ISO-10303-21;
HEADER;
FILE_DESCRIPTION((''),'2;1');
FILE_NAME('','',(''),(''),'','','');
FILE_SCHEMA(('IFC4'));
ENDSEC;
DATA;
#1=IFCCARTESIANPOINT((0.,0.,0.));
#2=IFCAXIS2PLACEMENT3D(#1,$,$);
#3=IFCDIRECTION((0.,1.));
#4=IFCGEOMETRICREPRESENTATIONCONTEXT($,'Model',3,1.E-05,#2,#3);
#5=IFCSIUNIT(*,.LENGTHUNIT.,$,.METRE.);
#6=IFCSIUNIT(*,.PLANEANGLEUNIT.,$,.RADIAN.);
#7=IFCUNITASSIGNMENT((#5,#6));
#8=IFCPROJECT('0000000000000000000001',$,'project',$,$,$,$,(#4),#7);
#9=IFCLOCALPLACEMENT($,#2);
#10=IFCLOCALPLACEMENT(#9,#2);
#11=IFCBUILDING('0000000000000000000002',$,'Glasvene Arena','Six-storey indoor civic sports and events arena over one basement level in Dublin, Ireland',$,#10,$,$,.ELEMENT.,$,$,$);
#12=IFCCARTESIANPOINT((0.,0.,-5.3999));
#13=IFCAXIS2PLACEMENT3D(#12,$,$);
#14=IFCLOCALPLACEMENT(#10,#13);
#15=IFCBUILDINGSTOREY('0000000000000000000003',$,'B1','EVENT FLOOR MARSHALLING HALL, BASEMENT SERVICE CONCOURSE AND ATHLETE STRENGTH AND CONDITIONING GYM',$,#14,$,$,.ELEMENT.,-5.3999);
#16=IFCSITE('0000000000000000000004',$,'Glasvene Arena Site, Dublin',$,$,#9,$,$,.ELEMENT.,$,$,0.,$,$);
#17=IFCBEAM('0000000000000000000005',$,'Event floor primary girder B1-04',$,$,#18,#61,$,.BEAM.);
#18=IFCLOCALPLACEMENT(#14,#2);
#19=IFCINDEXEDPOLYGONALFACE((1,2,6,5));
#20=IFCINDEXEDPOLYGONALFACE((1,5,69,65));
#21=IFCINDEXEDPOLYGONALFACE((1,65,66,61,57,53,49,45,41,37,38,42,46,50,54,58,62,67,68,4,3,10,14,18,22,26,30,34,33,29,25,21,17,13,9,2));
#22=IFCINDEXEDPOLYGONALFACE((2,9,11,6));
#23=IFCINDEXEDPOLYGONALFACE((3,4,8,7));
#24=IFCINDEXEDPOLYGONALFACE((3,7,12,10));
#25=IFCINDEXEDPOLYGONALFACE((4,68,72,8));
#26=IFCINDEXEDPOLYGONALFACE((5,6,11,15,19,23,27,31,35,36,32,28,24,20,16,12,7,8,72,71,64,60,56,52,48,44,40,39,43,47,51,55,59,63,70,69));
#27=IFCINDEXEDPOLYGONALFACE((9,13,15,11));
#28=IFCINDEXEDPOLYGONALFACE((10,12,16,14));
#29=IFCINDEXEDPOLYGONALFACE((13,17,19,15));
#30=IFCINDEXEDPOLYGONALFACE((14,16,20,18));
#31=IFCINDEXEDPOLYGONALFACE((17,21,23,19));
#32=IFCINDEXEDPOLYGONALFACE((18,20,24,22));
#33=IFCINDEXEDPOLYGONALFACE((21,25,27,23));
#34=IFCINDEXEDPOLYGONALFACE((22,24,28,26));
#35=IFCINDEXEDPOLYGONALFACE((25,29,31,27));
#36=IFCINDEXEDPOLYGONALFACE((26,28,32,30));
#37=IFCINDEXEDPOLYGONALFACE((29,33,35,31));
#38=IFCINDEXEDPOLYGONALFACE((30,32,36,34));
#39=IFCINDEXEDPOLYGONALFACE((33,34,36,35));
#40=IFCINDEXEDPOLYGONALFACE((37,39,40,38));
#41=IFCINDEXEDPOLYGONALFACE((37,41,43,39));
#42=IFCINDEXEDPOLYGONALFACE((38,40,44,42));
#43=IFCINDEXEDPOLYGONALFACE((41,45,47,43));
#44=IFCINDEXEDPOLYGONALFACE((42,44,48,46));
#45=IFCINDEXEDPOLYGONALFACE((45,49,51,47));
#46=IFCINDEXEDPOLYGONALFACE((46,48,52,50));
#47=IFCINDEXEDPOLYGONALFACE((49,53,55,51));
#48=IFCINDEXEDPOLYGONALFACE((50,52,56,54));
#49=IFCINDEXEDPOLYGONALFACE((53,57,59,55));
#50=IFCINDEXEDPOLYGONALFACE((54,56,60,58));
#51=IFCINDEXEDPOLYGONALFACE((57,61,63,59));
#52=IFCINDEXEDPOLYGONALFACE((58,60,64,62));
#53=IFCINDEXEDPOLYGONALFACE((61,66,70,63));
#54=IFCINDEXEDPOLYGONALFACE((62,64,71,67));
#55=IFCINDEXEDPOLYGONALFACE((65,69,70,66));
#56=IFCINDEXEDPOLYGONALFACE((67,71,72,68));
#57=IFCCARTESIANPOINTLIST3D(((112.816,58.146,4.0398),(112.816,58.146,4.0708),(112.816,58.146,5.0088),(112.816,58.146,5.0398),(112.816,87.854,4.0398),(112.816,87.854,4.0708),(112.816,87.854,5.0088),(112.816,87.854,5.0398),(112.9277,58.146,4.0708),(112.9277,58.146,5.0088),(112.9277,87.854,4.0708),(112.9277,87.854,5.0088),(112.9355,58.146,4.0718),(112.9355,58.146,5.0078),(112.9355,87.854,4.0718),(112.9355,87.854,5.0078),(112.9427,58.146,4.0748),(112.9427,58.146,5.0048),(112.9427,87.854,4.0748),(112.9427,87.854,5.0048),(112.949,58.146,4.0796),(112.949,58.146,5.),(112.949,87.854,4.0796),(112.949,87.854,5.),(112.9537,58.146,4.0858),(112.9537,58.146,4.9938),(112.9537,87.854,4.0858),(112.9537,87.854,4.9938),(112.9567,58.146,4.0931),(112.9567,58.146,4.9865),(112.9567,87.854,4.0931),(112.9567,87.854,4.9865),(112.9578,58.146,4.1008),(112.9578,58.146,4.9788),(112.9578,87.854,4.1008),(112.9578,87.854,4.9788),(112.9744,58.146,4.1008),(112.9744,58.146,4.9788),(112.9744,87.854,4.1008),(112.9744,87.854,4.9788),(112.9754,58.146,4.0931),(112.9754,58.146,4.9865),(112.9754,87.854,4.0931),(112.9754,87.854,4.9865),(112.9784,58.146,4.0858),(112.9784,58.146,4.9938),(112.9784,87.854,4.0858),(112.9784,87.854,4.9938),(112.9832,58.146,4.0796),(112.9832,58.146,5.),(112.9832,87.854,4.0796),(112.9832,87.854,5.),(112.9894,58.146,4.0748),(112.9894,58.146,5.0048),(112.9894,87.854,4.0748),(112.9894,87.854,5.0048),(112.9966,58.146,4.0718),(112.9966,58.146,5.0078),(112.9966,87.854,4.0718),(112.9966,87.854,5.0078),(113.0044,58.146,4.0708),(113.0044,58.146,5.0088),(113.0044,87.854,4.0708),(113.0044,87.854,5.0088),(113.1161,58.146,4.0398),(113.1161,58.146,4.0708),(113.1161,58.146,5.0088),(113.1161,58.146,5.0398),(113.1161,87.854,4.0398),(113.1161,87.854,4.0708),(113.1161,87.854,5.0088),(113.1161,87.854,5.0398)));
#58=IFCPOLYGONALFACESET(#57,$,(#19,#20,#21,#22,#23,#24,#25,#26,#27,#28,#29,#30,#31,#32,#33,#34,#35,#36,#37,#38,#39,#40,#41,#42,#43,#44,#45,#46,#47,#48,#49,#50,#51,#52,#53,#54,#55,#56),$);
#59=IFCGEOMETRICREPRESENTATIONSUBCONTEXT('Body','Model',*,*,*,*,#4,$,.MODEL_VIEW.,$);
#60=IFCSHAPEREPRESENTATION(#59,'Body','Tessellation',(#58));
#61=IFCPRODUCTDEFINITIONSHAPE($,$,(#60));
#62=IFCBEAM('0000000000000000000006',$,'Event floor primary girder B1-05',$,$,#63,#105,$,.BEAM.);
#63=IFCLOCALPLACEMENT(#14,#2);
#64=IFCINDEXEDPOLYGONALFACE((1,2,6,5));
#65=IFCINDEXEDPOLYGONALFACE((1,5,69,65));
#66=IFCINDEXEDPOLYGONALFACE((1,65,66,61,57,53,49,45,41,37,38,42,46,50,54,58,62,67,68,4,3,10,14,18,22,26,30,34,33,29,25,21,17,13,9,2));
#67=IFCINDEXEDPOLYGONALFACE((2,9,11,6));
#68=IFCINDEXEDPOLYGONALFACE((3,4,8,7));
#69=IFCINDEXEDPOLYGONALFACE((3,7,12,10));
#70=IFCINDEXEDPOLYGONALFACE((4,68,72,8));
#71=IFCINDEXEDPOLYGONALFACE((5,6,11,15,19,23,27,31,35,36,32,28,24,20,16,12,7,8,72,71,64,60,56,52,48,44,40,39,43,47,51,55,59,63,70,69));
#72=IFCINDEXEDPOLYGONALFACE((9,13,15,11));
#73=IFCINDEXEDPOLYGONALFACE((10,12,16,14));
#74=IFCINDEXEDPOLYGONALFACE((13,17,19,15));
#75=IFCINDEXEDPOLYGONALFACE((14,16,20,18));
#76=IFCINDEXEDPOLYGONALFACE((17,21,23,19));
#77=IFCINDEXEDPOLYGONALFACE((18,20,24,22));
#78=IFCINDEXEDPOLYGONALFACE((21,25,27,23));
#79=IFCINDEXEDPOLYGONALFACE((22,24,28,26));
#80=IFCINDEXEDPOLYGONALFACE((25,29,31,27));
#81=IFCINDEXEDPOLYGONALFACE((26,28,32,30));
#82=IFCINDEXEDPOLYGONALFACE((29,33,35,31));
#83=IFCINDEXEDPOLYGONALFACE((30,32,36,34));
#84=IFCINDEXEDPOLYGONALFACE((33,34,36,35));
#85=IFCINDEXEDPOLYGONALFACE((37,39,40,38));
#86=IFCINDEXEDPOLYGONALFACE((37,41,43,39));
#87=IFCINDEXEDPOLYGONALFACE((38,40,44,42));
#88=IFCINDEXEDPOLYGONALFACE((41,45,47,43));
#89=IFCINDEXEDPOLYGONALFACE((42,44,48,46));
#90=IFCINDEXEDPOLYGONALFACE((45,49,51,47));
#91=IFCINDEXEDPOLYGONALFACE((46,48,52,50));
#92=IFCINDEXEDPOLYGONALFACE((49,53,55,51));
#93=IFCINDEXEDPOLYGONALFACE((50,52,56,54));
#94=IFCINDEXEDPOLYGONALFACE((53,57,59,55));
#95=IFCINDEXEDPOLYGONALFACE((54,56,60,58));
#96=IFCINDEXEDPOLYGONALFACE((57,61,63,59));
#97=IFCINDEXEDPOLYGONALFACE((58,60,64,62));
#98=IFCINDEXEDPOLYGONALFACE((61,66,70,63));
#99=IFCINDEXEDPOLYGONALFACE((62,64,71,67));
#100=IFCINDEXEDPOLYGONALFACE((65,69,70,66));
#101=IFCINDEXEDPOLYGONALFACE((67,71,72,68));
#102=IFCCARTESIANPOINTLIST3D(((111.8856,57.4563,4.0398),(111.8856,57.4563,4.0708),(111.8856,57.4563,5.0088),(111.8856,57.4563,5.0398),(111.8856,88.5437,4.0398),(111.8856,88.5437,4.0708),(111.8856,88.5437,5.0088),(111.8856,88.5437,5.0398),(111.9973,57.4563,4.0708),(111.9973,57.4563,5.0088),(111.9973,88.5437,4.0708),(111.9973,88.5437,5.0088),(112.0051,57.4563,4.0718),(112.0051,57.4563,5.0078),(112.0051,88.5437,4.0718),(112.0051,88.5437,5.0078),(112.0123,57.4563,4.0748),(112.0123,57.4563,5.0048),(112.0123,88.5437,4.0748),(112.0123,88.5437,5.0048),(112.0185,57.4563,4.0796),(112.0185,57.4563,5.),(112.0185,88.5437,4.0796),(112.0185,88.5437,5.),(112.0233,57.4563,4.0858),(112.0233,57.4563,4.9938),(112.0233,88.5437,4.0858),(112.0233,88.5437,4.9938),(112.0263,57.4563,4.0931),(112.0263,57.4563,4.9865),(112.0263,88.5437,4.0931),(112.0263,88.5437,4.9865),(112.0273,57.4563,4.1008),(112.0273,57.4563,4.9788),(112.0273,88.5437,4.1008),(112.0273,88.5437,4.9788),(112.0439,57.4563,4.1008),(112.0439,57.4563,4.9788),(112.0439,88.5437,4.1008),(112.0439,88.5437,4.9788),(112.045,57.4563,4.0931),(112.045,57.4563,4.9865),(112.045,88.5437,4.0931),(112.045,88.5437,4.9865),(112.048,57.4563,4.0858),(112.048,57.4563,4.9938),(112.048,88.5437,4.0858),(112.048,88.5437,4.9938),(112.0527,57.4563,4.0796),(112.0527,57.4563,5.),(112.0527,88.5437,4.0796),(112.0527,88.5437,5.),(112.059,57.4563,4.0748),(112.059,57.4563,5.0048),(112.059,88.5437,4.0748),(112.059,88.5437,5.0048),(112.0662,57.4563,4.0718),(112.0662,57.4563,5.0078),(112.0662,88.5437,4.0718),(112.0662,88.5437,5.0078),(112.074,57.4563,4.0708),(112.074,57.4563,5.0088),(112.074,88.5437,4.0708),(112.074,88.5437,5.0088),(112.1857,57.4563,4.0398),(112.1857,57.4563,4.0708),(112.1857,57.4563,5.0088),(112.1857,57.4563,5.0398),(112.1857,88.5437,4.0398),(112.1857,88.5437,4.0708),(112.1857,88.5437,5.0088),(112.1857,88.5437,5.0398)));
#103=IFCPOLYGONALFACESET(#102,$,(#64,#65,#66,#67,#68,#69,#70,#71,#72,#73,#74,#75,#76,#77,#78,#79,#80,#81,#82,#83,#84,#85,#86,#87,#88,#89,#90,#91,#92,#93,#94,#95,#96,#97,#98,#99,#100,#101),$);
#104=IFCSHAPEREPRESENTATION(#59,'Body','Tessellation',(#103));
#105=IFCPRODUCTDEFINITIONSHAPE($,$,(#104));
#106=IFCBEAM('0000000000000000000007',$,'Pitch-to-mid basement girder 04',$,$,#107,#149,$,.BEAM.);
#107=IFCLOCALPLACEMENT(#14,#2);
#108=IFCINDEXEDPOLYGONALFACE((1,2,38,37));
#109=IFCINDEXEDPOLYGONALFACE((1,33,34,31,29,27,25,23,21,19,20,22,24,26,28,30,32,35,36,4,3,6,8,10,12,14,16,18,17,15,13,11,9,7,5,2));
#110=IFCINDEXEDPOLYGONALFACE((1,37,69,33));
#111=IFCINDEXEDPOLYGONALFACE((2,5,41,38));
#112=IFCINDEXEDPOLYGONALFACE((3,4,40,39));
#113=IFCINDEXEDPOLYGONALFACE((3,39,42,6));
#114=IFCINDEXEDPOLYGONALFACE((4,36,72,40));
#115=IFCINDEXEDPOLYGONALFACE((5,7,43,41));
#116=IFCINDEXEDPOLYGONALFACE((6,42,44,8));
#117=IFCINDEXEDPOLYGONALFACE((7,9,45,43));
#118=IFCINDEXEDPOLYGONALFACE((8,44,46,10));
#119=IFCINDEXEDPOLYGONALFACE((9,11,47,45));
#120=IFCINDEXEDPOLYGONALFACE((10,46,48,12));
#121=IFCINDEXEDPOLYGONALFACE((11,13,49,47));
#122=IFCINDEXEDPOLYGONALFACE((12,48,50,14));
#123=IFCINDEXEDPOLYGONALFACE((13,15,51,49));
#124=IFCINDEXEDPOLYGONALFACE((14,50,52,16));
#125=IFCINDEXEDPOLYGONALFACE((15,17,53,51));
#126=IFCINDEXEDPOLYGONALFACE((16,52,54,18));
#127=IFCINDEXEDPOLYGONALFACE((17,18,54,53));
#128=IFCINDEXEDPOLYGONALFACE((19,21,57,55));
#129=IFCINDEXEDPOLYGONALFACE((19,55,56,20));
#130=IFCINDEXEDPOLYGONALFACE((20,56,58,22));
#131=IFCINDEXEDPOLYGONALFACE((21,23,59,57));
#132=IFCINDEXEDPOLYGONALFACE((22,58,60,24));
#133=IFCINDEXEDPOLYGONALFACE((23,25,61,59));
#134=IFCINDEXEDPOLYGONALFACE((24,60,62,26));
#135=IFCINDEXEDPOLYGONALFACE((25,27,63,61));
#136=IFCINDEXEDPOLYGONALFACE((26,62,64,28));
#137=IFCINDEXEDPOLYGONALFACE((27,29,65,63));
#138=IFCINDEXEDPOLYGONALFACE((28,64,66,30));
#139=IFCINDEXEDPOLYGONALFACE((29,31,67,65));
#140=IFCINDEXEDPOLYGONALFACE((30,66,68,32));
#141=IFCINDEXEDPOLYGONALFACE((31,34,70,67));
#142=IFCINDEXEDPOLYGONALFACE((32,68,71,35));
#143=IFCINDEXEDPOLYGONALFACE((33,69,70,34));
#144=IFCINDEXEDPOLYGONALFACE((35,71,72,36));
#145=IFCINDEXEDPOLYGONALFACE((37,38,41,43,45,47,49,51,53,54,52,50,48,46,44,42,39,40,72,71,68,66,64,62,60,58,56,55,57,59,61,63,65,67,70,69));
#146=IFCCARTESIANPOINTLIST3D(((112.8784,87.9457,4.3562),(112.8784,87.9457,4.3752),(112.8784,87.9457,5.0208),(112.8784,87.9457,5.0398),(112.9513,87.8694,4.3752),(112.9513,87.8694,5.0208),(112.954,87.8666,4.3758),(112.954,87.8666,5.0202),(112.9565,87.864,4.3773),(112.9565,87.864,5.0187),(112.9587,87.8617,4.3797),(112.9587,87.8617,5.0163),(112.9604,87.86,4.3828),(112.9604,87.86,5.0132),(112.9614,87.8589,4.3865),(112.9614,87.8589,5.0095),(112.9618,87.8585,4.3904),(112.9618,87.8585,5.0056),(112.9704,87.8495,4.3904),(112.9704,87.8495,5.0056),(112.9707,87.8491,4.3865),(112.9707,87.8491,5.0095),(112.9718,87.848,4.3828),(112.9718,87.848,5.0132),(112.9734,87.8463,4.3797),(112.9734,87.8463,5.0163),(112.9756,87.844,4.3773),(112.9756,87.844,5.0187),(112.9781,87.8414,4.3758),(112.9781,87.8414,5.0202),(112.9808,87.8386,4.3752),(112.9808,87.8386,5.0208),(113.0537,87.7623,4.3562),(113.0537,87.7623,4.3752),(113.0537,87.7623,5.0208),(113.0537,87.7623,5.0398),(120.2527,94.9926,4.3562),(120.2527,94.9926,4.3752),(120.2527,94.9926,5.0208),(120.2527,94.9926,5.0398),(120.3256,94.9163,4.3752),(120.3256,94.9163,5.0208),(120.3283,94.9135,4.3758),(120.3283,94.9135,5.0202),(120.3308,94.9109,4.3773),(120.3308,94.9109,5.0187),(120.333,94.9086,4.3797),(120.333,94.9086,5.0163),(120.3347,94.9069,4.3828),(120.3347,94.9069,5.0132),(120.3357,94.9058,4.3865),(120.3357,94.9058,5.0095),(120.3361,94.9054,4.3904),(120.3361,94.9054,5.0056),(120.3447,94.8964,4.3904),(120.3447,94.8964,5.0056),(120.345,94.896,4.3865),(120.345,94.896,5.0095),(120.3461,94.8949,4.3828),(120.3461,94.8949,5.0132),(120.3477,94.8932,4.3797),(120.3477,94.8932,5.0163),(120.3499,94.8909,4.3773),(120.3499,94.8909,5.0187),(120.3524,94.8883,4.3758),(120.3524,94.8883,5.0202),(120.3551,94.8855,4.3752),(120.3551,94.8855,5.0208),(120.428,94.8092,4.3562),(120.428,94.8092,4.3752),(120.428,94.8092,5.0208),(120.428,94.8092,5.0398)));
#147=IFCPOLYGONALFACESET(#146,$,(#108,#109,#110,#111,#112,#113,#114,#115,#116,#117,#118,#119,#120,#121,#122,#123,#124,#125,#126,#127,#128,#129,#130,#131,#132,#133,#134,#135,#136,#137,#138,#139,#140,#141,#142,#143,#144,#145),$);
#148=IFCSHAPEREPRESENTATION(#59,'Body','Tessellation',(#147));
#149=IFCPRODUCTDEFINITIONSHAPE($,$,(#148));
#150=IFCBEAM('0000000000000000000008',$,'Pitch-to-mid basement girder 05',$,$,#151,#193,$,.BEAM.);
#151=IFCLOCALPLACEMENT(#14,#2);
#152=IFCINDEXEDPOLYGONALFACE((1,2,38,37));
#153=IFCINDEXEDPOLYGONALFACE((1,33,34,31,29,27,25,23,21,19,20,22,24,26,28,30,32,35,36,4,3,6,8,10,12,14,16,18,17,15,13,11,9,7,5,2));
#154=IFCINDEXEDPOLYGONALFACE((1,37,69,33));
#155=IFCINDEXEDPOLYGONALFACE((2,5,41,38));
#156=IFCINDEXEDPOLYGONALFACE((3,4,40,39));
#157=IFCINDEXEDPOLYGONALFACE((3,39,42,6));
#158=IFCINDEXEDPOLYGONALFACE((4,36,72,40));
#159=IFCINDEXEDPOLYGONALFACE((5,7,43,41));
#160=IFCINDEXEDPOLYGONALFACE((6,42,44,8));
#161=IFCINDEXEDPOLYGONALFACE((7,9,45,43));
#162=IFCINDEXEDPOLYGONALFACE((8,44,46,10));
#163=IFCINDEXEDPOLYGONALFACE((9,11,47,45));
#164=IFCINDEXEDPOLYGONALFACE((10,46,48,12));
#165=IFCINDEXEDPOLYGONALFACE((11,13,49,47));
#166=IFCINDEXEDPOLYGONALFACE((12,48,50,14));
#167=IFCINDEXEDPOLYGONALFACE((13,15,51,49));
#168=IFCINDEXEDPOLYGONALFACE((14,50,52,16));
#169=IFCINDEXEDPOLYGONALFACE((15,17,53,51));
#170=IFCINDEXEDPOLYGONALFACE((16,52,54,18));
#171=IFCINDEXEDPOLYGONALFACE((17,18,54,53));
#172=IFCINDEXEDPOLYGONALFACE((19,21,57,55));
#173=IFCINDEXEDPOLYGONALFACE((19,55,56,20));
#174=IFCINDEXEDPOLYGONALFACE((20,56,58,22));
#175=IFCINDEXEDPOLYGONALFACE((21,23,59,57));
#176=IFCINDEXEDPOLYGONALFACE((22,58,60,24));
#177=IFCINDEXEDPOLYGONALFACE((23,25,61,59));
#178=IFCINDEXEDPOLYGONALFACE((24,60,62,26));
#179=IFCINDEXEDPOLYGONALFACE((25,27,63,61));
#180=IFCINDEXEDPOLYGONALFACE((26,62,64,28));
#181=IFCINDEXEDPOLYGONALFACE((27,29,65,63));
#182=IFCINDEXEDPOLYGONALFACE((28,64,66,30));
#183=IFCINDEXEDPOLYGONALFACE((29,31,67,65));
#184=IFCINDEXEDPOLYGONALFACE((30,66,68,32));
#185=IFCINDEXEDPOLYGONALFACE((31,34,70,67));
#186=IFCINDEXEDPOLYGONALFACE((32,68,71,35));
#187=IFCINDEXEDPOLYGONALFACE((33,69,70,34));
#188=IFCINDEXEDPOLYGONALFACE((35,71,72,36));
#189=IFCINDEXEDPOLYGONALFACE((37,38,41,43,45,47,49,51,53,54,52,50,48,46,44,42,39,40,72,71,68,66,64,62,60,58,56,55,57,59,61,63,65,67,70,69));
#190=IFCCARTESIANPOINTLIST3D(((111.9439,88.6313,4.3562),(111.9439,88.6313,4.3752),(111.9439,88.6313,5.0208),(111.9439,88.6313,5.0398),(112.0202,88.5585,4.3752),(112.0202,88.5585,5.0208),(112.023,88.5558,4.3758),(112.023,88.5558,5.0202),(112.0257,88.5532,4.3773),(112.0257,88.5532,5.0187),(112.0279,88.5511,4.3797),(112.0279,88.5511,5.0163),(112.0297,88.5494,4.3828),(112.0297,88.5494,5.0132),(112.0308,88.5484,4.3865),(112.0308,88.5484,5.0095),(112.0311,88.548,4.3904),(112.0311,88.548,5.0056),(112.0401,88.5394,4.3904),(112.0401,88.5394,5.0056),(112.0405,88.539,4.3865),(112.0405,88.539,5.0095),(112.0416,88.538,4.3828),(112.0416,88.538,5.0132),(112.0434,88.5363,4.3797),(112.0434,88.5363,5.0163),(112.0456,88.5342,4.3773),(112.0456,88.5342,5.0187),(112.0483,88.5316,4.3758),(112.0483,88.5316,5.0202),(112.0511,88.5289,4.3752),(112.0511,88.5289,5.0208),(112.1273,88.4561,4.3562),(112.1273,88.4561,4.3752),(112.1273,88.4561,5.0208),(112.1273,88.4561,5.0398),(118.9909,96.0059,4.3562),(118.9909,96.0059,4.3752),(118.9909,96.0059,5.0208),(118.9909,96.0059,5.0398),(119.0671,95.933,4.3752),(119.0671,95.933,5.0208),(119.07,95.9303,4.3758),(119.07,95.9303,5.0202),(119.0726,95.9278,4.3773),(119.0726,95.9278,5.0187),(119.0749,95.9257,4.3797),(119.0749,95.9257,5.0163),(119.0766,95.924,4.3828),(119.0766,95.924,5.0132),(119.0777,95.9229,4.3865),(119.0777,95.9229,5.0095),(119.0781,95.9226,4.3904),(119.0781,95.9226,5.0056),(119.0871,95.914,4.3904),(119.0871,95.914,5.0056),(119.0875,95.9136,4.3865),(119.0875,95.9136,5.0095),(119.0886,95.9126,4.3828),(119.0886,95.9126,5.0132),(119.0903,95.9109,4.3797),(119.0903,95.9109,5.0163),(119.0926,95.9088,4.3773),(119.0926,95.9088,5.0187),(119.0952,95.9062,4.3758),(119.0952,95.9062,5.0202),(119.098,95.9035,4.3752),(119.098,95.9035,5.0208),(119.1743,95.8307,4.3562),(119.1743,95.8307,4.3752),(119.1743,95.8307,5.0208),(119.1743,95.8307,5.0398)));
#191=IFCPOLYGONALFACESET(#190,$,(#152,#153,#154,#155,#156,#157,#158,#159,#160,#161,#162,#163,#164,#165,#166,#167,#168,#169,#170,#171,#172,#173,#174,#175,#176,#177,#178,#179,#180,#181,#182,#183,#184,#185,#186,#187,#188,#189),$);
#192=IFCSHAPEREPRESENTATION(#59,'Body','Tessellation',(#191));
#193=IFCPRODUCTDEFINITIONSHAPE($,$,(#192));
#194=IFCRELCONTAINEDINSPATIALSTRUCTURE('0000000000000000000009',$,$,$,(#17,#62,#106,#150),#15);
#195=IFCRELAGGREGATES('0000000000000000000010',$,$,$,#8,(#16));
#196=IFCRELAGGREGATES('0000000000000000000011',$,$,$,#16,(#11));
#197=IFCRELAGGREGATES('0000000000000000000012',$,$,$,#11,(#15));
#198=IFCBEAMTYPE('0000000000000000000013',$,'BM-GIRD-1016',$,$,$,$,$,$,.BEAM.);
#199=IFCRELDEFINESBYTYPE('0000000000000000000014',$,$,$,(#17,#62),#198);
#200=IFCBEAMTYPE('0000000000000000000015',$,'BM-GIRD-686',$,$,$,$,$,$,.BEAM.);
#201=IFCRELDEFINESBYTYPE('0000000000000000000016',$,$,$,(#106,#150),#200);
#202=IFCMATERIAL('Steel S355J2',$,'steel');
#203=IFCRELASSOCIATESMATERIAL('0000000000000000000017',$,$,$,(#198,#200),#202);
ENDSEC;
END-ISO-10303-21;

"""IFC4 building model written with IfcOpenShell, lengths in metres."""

from ifc_helpers import new_model, si_unit, direction, frame, origin, origin_2d, place, context, subcontext, project, spatial, i_section, extrude, material, material_profile, profile_set, type_object, element, save


model = new_model("IFC4")

# Units and contexts
model_context = context("Model", 3, precision=1e-05, world=origin(), true_north=direction((0.0, 1.0)))
body_context = subcontext(model_context, "Body", "Model", "MODEL_VIEW")
ifc_project = project(units=[si_unit("LENGTHUNIT", "METRE"), si_unit("PLANEANGLEUNIT", "RADIAN")], contexts=[model_context])

# Site, building, storey
site_placement = place(None, origin())
site = spatial("IfcSite", under=ifc_project, at=site_placement, Name="Glasvene Arena Site, Dublin", CompositionType="ELEMENT", RefElevation=0.0)
building_placement = place(site_placement, origin())
building = spatial("IfcBuilding", under=site, at=building_placement, Name="Glasvene Arena", Description="Six-storey indoor civic sports and events arena over one basement level in Dublin, Ireland", CompositionType="ELEMENT")
storey_placement = place(building_placement, frame((0.0, 0.0, -5.3999)))
storey = spatial("IfcBuildingStorey", under=building, at=storey_placement, Name="B1", Description="EVENT FLOOR MARSHALLING HALL, BASEMENT SERVICE CONCOURSE AND ATHLETE STRENGTH AND CONDITIONING GYM", CompositionType="ELEMENT", Elevation=-5.3999)

# Beams
ifc_material_1 = material(Name="Steel S355J2", Category="steel")
ifc_material_profile_1 = material_profile(ifc_material_1, i_section(OverallWidth=0.3, OverallDepth=1.0, WebThickness=0.0166, FlangeThickness=0.031, FilletRadius=0.03, at=origin_2d()), Name="UKB 1016x305x272")
ifc_profile_set_1 = profile_set([ifc_material_profile_1], Name="Steel S355J2")
beam_type_1 = type_object("IfcBeamType", Name="BM-GIRD-1016", PredefinedType="BEAM", material=ifc_profile_set_1)
beam_1_placement = place(storey_placement, frame((112.9661, 87.854, 4.5398), z_axis=(0.0, -1.0, 0.0), x_axis=(1.0, 0.0, 0.0)))
element("IfcBeam", 1, at=beam_1_placement, inside=storey, type_object=beam_type_1, Name="Event floor primary girder B1-04", PredefinedType="BEAM", context=body_context, shape_type="SweptSolid", body=[
    extrude(i_section(OverallWidth=0.3, OverallDepth=1.0, WebThickness=0.0166, FlangeThickness=0.031, FilletRadius=0.03, at=origin_2d()), origin(), (0.0, 0.0, 1.0), 29.708),
])
beam_2_placement = place(storey_placement, frame((112.0356, 88.5437, 4.5398), z_axis=(0.0, -1.0, 0.0), x_axis=(1.0, 0.0, 0.0)))
element("IfcBeam", 2, at=beam_2_placement, inside=storey, type_object=beam_type_1, Name="Event floor primary girder B1-05", PredefinedType="BEAM", context=body_context, shape_type="SweptSolid", body=[
    extrude(i_section(OverallWidth=0.3, OverallDepth=1.0, WebThickness=0.0166, FlangeThickness=0.031, FilletRadius=0.03, at=origin_2d()), origin(), (0.0, 0.0, 1.0), 31.0874),
])
ifc_material_profile_2 = material_profile(ifc_material_1, i_section(OverallWidth=0.2537, OverallDepth=0.6836, WebThickness=0.0125, FlangeThickness=0.019, FilletRadius=0.0151, at=origin_2d()), Name="UKB 686x254x140")
ifc_profile_set_2 = profile_set([ifc_material_profile_2], Name="Steel S355J2")
beam_type_2 = type_object("IfcBeamType", Name="BM-GIRD-686", PredefinedType="BEAM", material=ifc_profile_set_2)
beam_3_placement = place(storey_placement, frame((112.9661, 87.854, 4.698), z_axis=(0.722973, 0.690876, 0.0), x_axis=(-0.690876, 0.722973, 0.0)))
element("IfcBeam", 3, at=beam_3_placement, inside=storey, type_object=beam_type_2, Name="Pitch-to-mid basement girder 04", PredefinedType="BEAM", context=body_context, shape_type="SweptSolid", body=[
    extrude(i_section(OverallWidth=0.2537, OverallDepth=0.6836, WebThickness=0.0125, FlangeThickness=0.019, FilletRadius=0.0151, at=origin_2d()), origin(), (0.0, 0.0, 1.0), 10.2),
])
beam_4_placement = place(storey_placement, frame((112.0356, 88.5437, 4.698), z_axis=(0.690864, 0.722985, 0.0), x_axis=(-0.722985, 0.690864, 0.0)))
element("IfcBeam", 4, at=beam_4_placement, inside=storey, type_object=beam_type_2, Name="Pitch-to-mid basement girder 05", PredefinedType="BEAM", context=body_context, shape_type="SweptSolid", body=[
    extrude(i_section(OverallWidth=0.2537, OverallDepth=0.6836, WebThickness=0.0125, FlangeThickness=0.019, FilletRadius=0.0151, at=origin_2d()), origin(), (0.0, 0.0, 1.0), 10.2002),
])

save(model, "model.ifc")
